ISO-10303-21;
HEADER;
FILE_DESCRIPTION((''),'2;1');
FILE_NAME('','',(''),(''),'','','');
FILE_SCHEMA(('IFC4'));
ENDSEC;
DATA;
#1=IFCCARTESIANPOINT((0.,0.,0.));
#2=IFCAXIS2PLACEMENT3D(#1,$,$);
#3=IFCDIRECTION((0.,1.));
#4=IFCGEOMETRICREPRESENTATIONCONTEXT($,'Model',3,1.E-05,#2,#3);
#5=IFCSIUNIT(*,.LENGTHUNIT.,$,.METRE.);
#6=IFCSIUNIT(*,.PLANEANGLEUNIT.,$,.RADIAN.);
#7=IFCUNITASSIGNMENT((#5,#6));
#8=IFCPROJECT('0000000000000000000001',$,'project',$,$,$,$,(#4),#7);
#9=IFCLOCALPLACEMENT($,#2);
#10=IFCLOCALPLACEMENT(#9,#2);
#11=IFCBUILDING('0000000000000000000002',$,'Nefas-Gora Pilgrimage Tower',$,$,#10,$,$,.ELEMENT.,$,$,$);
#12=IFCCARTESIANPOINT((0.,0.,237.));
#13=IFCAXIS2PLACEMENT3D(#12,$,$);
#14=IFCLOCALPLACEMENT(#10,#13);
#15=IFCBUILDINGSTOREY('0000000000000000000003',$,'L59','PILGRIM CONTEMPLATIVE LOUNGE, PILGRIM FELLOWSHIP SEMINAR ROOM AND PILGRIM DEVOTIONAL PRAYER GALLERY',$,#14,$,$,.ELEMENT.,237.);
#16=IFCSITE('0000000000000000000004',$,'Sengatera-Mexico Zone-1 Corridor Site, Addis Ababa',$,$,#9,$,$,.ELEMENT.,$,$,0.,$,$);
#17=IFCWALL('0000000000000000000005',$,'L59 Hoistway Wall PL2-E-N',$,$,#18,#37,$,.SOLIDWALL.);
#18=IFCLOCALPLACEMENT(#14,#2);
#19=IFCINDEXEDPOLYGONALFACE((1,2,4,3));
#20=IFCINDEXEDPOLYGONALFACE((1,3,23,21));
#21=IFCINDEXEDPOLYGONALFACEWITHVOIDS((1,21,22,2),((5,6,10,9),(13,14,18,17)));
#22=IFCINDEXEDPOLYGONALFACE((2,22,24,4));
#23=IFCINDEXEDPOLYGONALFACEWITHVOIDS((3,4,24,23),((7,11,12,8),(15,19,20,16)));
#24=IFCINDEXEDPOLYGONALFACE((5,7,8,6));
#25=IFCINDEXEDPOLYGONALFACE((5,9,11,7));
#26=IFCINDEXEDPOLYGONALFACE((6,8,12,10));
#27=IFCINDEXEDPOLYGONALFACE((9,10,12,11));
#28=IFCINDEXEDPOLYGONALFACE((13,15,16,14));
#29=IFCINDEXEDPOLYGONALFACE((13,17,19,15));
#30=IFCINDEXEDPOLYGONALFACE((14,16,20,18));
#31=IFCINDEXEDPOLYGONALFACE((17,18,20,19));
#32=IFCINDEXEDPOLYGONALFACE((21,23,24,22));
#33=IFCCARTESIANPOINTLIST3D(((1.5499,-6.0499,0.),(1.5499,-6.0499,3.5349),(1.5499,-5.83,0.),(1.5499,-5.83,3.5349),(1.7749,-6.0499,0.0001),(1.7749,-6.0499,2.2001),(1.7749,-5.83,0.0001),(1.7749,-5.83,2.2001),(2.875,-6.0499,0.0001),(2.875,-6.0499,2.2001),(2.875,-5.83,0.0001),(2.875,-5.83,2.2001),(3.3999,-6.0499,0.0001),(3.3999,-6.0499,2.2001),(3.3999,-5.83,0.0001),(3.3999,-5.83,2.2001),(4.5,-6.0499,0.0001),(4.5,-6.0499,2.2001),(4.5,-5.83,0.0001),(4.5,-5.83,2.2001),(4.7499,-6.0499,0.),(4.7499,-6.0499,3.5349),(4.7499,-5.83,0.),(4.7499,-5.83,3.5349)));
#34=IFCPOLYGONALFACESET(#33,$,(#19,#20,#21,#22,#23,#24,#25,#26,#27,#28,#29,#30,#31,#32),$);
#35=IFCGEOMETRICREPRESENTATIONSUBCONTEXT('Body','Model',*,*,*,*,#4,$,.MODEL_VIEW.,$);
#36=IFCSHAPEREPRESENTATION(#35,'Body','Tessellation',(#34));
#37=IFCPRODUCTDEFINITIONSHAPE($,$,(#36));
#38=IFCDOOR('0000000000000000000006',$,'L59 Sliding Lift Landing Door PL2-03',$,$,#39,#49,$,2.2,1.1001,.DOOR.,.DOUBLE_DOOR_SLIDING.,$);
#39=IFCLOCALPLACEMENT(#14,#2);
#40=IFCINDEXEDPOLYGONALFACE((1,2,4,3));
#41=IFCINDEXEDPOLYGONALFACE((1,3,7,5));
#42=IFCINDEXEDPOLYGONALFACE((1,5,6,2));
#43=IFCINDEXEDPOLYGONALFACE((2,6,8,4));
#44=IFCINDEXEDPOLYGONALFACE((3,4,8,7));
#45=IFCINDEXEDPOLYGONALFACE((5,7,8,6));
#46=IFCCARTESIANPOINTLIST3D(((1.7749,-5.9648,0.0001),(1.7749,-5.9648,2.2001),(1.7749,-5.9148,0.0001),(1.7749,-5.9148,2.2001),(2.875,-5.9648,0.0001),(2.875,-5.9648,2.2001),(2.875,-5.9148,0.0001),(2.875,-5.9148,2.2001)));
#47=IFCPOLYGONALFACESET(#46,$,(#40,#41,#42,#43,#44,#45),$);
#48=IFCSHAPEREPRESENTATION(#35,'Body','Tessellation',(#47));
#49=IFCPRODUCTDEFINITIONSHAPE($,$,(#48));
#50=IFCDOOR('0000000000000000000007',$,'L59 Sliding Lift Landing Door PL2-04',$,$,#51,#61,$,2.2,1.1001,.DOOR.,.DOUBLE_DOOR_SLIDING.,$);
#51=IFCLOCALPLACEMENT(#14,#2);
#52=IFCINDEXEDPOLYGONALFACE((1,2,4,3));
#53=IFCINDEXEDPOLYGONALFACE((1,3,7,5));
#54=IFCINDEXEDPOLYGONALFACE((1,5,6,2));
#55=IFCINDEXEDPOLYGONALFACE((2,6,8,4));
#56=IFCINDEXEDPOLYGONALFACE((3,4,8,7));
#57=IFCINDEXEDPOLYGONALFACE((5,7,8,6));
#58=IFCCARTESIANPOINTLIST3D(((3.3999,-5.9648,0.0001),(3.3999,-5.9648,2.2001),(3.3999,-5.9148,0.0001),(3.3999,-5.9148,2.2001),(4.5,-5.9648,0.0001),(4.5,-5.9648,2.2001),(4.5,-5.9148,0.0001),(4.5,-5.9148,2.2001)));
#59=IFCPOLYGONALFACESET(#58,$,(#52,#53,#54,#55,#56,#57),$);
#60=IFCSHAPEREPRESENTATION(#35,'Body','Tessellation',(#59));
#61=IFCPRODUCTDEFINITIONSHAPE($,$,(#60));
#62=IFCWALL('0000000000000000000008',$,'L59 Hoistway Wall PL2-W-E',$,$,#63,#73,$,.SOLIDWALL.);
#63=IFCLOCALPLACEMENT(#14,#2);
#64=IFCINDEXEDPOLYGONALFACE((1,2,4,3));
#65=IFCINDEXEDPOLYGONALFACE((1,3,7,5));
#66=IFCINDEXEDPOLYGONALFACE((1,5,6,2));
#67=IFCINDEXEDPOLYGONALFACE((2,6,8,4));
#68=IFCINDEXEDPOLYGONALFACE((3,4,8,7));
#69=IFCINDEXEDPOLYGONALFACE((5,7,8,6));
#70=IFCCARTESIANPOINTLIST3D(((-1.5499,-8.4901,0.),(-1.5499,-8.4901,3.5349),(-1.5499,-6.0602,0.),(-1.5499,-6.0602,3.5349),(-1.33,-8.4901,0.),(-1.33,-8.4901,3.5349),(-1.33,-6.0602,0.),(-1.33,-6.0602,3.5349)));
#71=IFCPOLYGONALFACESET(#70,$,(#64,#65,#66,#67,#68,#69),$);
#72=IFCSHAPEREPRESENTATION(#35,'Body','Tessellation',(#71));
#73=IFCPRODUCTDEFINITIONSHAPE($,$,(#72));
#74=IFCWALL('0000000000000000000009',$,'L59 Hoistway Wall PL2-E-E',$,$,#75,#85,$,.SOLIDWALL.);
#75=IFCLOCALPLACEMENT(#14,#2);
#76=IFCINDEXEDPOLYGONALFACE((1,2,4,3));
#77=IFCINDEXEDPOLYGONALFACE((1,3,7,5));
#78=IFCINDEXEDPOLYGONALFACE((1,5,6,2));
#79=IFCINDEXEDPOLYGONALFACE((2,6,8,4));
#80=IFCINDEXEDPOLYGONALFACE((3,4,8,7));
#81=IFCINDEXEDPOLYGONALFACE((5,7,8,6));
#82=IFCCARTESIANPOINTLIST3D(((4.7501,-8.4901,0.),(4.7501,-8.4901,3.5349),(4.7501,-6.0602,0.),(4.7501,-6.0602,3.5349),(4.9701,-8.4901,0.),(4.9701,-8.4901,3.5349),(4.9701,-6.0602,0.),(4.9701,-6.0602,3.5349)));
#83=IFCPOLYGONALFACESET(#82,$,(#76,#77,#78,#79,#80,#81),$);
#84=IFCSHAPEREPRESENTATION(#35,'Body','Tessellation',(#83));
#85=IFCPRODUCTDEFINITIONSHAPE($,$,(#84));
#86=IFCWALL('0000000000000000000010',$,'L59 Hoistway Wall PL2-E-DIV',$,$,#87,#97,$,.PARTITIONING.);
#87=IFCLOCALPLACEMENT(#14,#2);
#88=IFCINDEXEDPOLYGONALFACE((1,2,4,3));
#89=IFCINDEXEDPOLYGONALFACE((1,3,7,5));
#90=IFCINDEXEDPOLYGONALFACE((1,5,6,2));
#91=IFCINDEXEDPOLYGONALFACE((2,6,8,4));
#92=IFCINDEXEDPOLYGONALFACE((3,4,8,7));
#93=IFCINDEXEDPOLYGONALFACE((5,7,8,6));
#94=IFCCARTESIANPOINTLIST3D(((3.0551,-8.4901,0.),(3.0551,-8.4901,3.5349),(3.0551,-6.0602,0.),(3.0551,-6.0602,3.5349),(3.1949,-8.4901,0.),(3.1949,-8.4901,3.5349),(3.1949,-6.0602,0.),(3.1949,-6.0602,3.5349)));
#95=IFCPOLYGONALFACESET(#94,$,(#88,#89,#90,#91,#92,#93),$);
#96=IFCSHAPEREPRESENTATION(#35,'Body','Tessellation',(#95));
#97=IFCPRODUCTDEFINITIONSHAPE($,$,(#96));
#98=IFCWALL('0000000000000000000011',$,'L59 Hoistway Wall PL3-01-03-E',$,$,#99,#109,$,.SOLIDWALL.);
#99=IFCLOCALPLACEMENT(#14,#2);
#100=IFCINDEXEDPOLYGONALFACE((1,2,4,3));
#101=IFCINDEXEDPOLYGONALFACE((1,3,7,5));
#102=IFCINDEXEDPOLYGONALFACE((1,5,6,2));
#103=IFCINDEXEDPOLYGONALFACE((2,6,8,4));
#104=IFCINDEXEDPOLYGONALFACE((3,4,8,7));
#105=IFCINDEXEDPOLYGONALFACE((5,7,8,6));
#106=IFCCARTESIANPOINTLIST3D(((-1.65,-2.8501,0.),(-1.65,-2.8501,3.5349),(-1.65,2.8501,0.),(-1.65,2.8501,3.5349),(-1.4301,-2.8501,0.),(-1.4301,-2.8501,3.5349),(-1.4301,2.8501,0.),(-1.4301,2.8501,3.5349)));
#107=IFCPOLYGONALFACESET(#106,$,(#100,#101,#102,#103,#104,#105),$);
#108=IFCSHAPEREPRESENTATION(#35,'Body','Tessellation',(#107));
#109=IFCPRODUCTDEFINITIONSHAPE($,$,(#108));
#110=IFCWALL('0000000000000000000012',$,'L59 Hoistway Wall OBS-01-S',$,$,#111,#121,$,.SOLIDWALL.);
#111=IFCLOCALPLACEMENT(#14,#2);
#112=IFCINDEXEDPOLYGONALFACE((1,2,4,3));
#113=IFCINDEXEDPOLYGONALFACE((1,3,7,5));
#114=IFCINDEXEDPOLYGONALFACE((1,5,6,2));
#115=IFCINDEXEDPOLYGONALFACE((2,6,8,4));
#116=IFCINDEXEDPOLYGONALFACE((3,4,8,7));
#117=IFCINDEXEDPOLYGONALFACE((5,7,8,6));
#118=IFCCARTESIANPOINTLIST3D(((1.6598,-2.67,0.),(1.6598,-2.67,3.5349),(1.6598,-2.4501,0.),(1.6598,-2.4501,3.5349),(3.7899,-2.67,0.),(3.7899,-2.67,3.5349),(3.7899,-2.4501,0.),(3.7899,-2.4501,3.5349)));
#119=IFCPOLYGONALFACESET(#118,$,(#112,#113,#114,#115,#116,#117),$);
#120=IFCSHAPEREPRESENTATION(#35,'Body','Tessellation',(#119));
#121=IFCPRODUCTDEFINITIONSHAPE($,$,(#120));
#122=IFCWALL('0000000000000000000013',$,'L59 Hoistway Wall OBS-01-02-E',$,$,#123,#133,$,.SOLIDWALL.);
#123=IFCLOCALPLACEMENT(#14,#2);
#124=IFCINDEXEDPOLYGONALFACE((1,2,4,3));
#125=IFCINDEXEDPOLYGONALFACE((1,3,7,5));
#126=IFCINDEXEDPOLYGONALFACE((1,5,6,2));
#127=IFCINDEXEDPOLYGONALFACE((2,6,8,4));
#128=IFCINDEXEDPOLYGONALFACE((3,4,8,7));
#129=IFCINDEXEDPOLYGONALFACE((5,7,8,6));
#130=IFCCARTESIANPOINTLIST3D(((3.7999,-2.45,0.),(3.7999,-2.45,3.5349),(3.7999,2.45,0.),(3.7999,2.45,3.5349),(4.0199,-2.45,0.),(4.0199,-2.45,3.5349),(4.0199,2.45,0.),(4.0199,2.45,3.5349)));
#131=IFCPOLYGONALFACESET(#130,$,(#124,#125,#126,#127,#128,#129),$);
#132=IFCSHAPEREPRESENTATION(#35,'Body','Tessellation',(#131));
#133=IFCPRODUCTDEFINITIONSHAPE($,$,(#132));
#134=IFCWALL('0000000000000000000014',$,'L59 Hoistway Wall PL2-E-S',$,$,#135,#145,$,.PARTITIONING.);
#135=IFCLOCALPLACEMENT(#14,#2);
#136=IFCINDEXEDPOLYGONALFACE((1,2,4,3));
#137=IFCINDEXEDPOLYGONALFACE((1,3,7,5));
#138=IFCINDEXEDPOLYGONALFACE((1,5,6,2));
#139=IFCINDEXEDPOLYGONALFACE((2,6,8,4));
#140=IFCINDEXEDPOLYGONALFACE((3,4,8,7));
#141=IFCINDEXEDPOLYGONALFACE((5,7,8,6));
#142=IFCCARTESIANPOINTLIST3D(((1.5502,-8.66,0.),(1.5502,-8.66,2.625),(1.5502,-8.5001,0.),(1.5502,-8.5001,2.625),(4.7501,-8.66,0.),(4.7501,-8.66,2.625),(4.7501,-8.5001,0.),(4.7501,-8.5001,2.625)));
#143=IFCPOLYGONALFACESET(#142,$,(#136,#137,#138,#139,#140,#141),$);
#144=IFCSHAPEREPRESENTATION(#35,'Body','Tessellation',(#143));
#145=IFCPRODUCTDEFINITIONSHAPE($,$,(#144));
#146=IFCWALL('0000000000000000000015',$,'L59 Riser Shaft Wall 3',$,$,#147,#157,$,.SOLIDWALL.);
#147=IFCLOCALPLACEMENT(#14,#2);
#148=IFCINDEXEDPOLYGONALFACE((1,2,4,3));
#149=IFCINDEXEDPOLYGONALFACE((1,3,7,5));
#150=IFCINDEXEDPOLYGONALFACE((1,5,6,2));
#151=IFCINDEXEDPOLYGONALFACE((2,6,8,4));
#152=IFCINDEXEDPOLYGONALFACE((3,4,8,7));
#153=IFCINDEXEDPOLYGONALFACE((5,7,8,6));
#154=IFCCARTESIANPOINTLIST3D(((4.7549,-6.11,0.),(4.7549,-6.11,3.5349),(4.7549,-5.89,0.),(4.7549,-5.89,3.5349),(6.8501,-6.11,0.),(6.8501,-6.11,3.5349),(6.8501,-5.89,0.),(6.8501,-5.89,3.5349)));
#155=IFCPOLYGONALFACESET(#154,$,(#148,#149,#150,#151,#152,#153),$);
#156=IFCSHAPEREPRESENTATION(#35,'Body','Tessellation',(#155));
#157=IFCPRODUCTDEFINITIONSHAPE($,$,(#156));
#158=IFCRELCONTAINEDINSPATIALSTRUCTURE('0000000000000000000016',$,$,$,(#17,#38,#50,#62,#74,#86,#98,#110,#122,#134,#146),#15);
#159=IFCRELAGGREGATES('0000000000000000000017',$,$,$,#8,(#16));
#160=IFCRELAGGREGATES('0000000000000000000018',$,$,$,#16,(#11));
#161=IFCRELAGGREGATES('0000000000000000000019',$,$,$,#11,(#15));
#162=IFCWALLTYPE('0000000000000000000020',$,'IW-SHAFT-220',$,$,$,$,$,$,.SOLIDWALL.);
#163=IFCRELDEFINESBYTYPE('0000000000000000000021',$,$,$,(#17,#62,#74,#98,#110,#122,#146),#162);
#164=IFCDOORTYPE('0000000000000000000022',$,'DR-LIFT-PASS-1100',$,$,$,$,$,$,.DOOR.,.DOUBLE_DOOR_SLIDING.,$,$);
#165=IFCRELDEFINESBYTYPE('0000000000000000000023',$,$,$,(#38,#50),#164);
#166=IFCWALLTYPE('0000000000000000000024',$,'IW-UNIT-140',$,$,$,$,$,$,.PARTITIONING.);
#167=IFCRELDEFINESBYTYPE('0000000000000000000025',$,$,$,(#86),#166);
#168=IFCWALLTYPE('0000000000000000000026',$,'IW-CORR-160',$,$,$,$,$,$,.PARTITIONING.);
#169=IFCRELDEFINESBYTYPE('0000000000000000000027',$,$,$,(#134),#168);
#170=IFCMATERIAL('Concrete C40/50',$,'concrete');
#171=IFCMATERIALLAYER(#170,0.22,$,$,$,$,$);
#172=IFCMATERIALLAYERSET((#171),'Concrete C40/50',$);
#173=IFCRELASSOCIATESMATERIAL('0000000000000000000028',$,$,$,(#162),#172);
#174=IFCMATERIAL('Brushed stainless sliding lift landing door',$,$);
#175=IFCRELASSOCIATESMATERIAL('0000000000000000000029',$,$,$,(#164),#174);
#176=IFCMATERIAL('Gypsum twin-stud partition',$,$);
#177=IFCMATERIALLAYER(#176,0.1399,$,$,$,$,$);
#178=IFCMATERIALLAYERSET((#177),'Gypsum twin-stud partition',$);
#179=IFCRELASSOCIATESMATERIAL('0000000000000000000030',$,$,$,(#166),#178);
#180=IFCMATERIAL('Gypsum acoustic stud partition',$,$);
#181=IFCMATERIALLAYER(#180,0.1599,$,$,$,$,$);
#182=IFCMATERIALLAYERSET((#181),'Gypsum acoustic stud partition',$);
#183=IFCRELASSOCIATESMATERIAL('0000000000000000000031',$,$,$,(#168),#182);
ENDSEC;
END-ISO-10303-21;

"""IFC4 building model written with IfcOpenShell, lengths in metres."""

from ifc_helpers import new_model, si_unit, direction, frame, frame_2d, origin, place, context, subcontext, project, spatial, rectangle, extrude, source, transform, mapped, material, layer, layer_set, type_object, element, fill, save


model = new_model("IFC4")

# Units and contexts
model_context = context("Model", 3, precision=1e-05, world=origin(), true_north=direction((0.0, 1.0)))
body_context = subcontext(model_context, "Body", "Model", "MODEL_VIEW")
ifc_project = project(units=[si_unit("LENGTHUNIT", "METRE"), si_unit("PLANEANGLEUNIT", "RADIAN")], contexts=[model_context])

# Site, building, storey
site_placement = place(None, origin())
site = spatial("IfcSite", under=ifc_project, at=site_placement, Name="Sengatera-Mexico Zone-1 Corridor Site, Addis Ababa", CompositionType="ELEMENT", RefElevation=0.0)
building_placement = place(site_placement, origin())
building = spatial("IfcBuilding", under=site, at=building_placement, Name="Nefas-Gora Pilgrimage Tower", CompositionType="ELEMENT")
storey_placement = place(building_placement, frame((0.0, 0.0, 237.0)))
storey = spatial("IfcBuildingStorey", under=building, at=storey_placement, Name="L59", Description="PILGRIM CONTEMPLATIVE LOUNGE, PILGRIM FELLOWSHIP SEMINAR ROOM AND PILGRIM DEVOTIONAL PRAYER GALLERY", CompositionType="ELEMENT", Elevation=237.0)

# Shared definitions
ifc_material_1 = material(Name="Concrete C40/50", Category="concrete")
ifc_layer_1 = layer(ifc_material_1, 0.22)
ifc_layer_set_1 = layer_set([ifc_layer_1], Name="Concrete C40/50")
wall_type_1 = type_object("IfcWallType", Name="IW-SHAFT-220", PredefinedType="SOLIDWALL", material=ifc_layer_set_1)

# Wall, openings, doors
shared_shape_1 = source(origin(), body_context, "Body", "SweptSolid", [
    extrude(rectangle(XDim=3.2, YDim=0.22, at=frame_2d((1.6001, 0.0))), origin(), (0.0, 0.0, 1.0), 3.5349),
])
ifc_material_2 = material(Name="Brushed stainless sliding lift landing door")
door_type_1 = type_object("IfcDoorType", Name="DR-LIFT-PASS-1100", OperationType="DOUBLE_DOOR_SLIDING", PredefinedType="DOOR", material=ifc_material_2)
shared_shape_2 = source(origin(), body_context, "Body", "SweptSolid", [
    extrude(rectangle(XDim=1.1001, YDim=2.2, at=frame_2d((0.55, 1.1001))), frame((0.0, 0.0249, 0.0), z_axis=(0.0, -1.0, 0.0), x_axis=(1.0, 0.0, 0.0)), (0.0, 0.0, 1.0), 0.05),
])
wall_1_placement = place(storey_placement, frame((4.75, -5.9399, 0.0), z_axis=(0.0, 0.0, 1.0), x_axis=(-1.0, 0.0, 0.0)))
wall_1 = element("IfcWall", 1, at=wall_1_placement, inside=storey, type_object=wall_type_1, Name="L59 Hoistway Wall PL2-E-N", PredefinedType="SOLIDWALL", context=body_context, shape_type="MappedRepresentation", body=[
    mapped(shared_shape_1, transform((0.0, 0.0, 0.0), x_axis=(1.0, 0.0, 0.0), y_axis=(0.0, 1.0, 0.0), z_axis=(0.0, 0.0, 1.0), scale=1.0)),
])
opening_1_placement = place(wall_1_placement, frame((1.875, 0.0, 0.0)))
opening_1 = element("IfcOpeningElement", 2, at=opening_1_placement, cuts=wall_1, PredefinedType="OPENING", context=body_context, shape_type="SweptSolid", body=[
    extrude(rectangle(XDim=1.1001, YDim=2.2, at=frame_2d((0.55, 1.1001))), frame((0.0, 0.1199, 0.0), z_axis=(0.0, -1.0, 0.0), x_axis=(1.0, 0.0, 0.0)), (0.0, 0.0, 1.0), 0.24),
])
opening_2_placement = place(wall_1_placement, frame((0.25, 0.0, 0.0)))
opening_2 = element("IfcOpeningElement", 3, at=opening_2_placement, cuts=wall_1, PredefinedType="OPENING", context=body_context, shape_type="SweptSolid", body=[
    extrude(rectangle(XDim=1.1001, YDim=2.2, at=frame_2d((0.55, 1.1001))), frame((0.0, 0.1199, 0.0), z_axis=(0.0, -1.0, 0.0), x_axis=(1.0, 0.0, 0.0)), (0.0, 0.0, 1.0), 0.24),
])
door_1_placement = place(opening_1_placement, origin())
door_1 = element("IfcDoor", 4, at=door_1_placement, inside=storey, type_object=door_type_1, Name="L59 Sliding Lift Landing Door PL2-03", OperationType="DOUBLE_DOOR_SLIDING", OverallHeight=2.2, OverallWidth=1.1001, PredefinedType="DOOR", context=body_context, shape_type="MappedRepresentation", body=[
    mapped(shared_shape_2, transform((0.0, 0.0, 0.0), x_axis=(1.0, 0.0, 0.0), y_axis=(0.0, 1.0, 0.0), z_axis=(0.0, 0.0, 1.0), scale=1.0)),
])
fill(opening_1, door_1)
door_2_placement = place(opening_2_placement, origin())
door_2 = element("IfcDoor", 5, at=door_2_placement, inside=storey, type_object=door_type_1, Name="L59 Sliding Lift Landing Door PL2-04", OperationType="DOUBLE_DOOR_SLIDING", OverallHeight=2.2, OverallWidth=1.1001, PredefinedType="DOOR", context=body_context, shape_type="MappedRepresentation", body=[
    mapped(shared_shape_2, transform((0.0, 0.0, 0.0), x_axis=(1.0, 0.0, 0.0), y_axis=(0.0, 1.0, 0.0), z_axis=(0.0, 0.0, 1.0), scale=1.0)),
])
fill(opening_2, door_2)

# Walls
shared_shape_3 = source(origin(), body_context, "Body", "SweptSolid", [
    extrude(rectangle(XDim=2.4299, YDim=0.22, at=frame_2d((1.2148, 0.0))), origin(), (0.0, 0.0, 1.0), 3.5349),
])
for number, where, z_axis, x_axis, name in (
    (6, (-1.4399, -8.49, 0.0), (0.0, 0.0, 1.0), (0.0, 1.0, 0.0), "L59 Hoistway Wall PL2-W-E"),
    (7, (4.8601, -8.49, 0.0), (0.0, 0.0, 1.0), (0.0, 1.0, 0.0), "L59 Hoistway Wall PL2-E-E"),
):
    element("IfcWall", number, at=place(storey_placement, frame(where, z_axis=z_axis, x_axis=x_axis)), inside=storey, type_object=wall_type_1, Name=name, PredefinedType="SOLIDWALL", context=body_context, shape_type="MappedRepresentation", body=[
        mapped(shared_shape_3, transform((0.0, 0.0, 0.0), x_axis=(1.0, 0.0, 0.0), y_axis=(0.0, 1.0, 0.0), z_axis=(0.0, 0.0, 1.0), scale=1.0)),
    ])
ifc_material_3 = material(Name="Gypsum twin-stud partition")
ifc_layer_2 = layer(ifc_material_3, 0.1399)
ifc_layer_set_2 = layer_set([ifc_layer_2], Name="Gypsum twin-stud partition")
wall_type_2 = type_object("IfcWallType", Name="IW-UNIT-140", PredefinedType="PARTITIONING", material=ifc_layer_set_2)
shared_shape_4 = source(origin(), body_context, "Body", "SweptSolid", [
    extrude(rectangle(XDim=2.4299, YDim=0.1399, at=frame_2d((1.2148, 0.0))), origin(), (0.0, 0.0, 1.0), 3.5349),
])
wall_2_placement = place(storey_placement, frame((3.125, -8.49, 0.0), z_axis=(0.0, 0.0, 1.0), x_axis=(0.0, 1.0, 0.0)))
element("IfcWall", 8, at=wall_2_placement, inside=storey, type_object=wall_type_2, Name="L59 Hoistway Wall PL2-E-DIV", PredefinedType="PARTITIONING", context=body_context, shape_type="MappedRepresentation", body=[
    mapped(shared_shape_4, transform((0.0, 0.0, 0.0), x_axis=(1.0, 0.0, 0.0), y_axis=(0.0, 1.0, 0.0), z_axis=(0.0, 0.0, 1.0), scale=1.0)),
])
shared_shape_5 = source(origin(), body_context, "Body", "SweptSolid", [
    extrude(rectangle(XDim=5.7002, YDim=0.22, at=frame_2d((2.8501, 0.0))), origin(), (0.0, 0.0, 1.0), 3.5349),
])
wall_3_placement = place(storey_placement, frame((-1.54, -2.8501, 0.0), z_axis=(0.0, 0.0, 1.0), x_axis=(0.0, 1.0, 0.0)))
element("IfcWall", 9, at=wall_3_placement, inside=storey, type_object=wall_type_1, Name="L59 Hoistway Wall PL3-01-03-E", PredefinedType="SOLIDWALL", context=body_context, shape_type="MappedRepresentation", body=[
    mapped(shared_shape_5, transform((0.0, 0.0, 0.0), x_axis=(1.0, 0.0, 0.0), y_axis=(0.0, 1.0, 0.0), z_axis=(0.0, 0.0, 1.0), scale=1.0)),
])
shared_shape_6 = source(origin(), body_context, "Body", "SweptSolid", [
    extrude(rectangle(XDim=2.1301, YDim=0.22, at=frame_2d((1.0649, 0.0))), origin(), (0.0, 0.0, 1.0), 3.5349),
])
wall_4_placement = place(storey_placement, frame((1.6599, -2.5601, 0.0), z_axis=(0.0, 0.0, 1.0), x_axis=(1.0, 0.0, 0.0)))
element("IfcWall", 10, at=wall_4_placement, inside=storey, type_object=wall_type_1, Name="L59 Hoistway Wall OBS-01-S", PredefinedType="SOLIDWALL", context=body_context, shape_type="MappedRepresentation", body=[
    mapped(shared_shape_6, transform((0.0, 0.0, 0.0), x_axis=(1.0, 0.0, 0.0), y_axis=(0.0, 1.0, 0.0), z_axis=(0.0, 0.0, 1.0), scale=1.0)),
])
shared_shape_7 = source(origin(), body_context, "Body", "SweptSolid", [
    extrude(rectangle(XDim=4.8999, YDim=0.22, at=frame_2d((2.45, 0.0))), origin(), (0.0, 0.0, 1.0), 3.5349),
])
wall_5_placement = place(storey_placement, frame((3.9099, -2.45, 0.0), z_axis=(0.0, 0.0, 1.0), x_axis=(0.0, 1.0, 0.0)))
element("IfcWall", 11, at=wall_5_placement, inside=storey, type_object=wall_type_1, Name="L59 Hoistway Wall OBS-01-02-E", PredefinedType="SOLIDWALL", context=body_context, shape_type="MappedRepresentation", body=[
    mapped(shared_shape_7, transform((0.0, 0.0, 0.0), x_axis=(1.0, 0.0, 0.0), y_axis=(0.0, 1.0, 0.0), z_axis=(0.0, 0.0, 1.0), scale=1.0)),
])
ifc_material_4 = material(Name="Gypsum acoustic stud partition")
ifc_layer_3 = layer(ifc_material_4, 0.1599)
ifc_layer_set_3 = layer_set([ifc_layer_3], Name="Gypsum acoustic stud partition")
wall_type_3 = type_object("IfcWallType", Name="IW-CORR-160", PredefinedType="PARTITIONING", material=ifc_layer_set_3)
shared_shape_8 = source(origin(), body_context, "Body", "SweptSolid", [
    extrude(rectangle(XDim=3.2, YDim=0.1599, at=frame_2d((1.6001, 0.0))), origin(), (0.0, 0.0, 1.0), 2.625),
])
wall_6_placement = place(storey_placement, frame((1.55, -8.5801, 0.0), z_axis=(0.0, 0.0, 1.0), x_axis=(1.0, 0.0, 0.0)))
element("IfcWall", 12, at=wall_6_placement, inside=storey, type_object=wall_type_3, Name="L59 Hoistway Wall PL2-E-S", PredefinedType="PARTITIONING", context=body_context, shape_type="MappedRepresentation", body=[
    mapped(shared_shape_8, transform((0.0, 0.0, 0.0), x_axis=(1.0, 0.0, 0.0), y_axis=(0.0, 1.0, 0.0), z_axis=(0.0, 0.0, 1.0), scale=1.0)),
])
shared_shape_9 = source(origin(), body_context, "Body", "SweptSolid", [
    extrude(rectangle(XDim=2.0952, YDim=0.22, at=frame_2d((1.0476, 0.0))), origin(), (0.0, 0.0, 1.0), 3.5349),
])
wall_7_placement = place(storey_placement, frame((4.7549, -6.0, 0.0), z_axis=(0.0, 0.0, 1.0), x_axis=(1.0, 0.0, 0.0)))
element("IfcWall", 13, at=wall_7_placement, inside=storey, type_object=wall_type_1, Name="L59 Riser Shaft Wall 3", PredefinedType="SOLIDWALL", context=body_context, shape_type="MappedRepresentation", body=[
    mapped(shared_shape_9, transform((0.0, 0.0, 0.0), x_axis=(1.0, 0.0, 0.0), y_axis=(0.0, 1.0, 0.0), z_axis=(0.0, 0.0, 1.0), scale=1.0)),
])

save(model, "model.ifc")
